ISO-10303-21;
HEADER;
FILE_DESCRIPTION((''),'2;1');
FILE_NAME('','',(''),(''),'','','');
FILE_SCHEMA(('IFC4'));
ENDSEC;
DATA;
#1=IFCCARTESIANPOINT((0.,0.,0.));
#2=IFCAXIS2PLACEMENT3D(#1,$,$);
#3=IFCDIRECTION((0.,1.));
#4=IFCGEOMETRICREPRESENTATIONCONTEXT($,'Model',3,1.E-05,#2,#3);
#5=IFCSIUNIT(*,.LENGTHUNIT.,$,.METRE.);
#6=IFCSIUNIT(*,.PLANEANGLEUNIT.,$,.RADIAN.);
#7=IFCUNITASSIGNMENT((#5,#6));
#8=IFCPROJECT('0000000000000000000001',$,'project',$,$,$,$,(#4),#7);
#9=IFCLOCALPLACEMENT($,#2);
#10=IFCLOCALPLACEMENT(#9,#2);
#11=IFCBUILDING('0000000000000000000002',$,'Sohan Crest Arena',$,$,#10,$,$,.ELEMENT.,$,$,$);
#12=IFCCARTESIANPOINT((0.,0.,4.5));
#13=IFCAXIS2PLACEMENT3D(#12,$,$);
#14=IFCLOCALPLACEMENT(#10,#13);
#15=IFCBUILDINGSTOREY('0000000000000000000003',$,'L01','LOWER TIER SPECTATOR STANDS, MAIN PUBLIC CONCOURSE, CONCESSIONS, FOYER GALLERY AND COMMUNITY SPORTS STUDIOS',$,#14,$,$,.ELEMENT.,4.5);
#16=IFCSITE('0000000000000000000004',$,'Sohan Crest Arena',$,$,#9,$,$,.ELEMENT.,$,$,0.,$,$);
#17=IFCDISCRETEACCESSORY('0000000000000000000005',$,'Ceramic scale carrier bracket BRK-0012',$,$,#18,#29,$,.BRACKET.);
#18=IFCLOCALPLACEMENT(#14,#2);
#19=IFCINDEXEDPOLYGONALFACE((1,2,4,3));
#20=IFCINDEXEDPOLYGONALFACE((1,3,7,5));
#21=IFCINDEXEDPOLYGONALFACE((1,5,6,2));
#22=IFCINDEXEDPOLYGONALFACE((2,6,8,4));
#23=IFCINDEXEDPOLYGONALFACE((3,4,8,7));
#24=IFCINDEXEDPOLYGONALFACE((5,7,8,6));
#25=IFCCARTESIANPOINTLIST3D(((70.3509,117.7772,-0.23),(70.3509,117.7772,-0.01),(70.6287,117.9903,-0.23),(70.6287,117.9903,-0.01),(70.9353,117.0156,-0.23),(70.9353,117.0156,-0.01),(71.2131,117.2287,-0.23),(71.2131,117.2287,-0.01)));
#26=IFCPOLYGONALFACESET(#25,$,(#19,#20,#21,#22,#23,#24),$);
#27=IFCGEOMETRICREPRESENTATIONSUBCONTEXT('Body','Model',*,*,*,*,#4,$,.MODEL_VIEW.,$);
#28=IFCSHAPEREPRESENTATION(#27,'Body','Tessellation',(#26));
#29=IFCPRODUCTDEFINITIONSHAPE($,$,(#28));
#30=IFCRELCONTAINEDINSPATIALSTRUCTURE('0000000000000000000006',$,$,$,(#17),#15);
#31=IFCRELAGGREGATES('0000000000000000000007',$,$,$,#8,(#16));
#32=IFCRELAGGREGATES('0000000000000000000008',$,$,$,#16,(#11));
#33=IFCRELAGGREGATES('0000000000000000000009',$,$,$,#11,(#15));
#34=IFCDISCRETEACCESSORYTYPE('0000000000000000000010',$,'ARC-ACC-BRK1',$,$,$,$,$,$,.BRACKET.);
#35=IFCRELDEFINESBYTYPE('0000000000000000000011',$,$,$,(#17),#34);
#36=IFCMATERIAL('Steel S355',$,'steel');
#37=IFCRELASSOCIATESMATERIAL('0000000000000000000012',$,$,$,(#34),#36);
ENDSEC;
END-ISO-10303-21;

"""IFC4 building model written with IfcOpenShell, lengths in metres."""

from ifc_helpers import new_model, si_unit, direction, frame, origin, origin_2d, place, context, subcontext, project, spatial, rectangle, extrude, material, type_object, element, save


model = new_model("IFC4")

# Units and contexts
model_context = context("Model", 3, precision=1e-05, world=origin(), true_north=direction((0.0, 1.0)))
body_context = subcontext(model_context, "Body", "Model", "MODEL_VIEW")
ifc_project = project(units=[si_unit("LENGTHUNIT", "METRE"), si_unit("PLANEANGLEUNIT", "RADIAN")], contexts=[model_context])

# Site, building, storey
site_placement = place(None, origin())
site = spatial("IfcSite", under=ifc_project, at=site_placement, Name="Sohan Crest Arena", CompositionType="ELEMENT", RefElevation=0.0)
building_placement = place(site_placement, origin())
building = spatial("IfcBuilding", under=site, at=building_placement, Name="Sohan Crest Arena", CompositionType="ELEMENT")
storey_placement = place(building_placement, frame((0.0, 0.0, 4.5)))
storey = spatial("IfcBuildingStorey", under=building, at=storey_placement, Name="L01", Description="LOWER TIER SPECTATOR STANDS, MAIN PUBLIC CONCOURSE, CONCESSIONS, FOYER GALLERY AND COMMUNITY SPORTS STUDIOS", CompositionType="ELEMENT", Elevation=4.5)

# Shared definitions
ifc_material_1 = material(Name="Steel S355", Category="steel")

# Discrete accessory
discrete_accessory_type = type_object("IfcDiscreteAccessoryType", Name="ARC-ACC-BRK1", PredefinedType="BRACKET", material=ifc_material_1)
for number, where, z_axis, x_axis, name in (
    (1, (70.782, 117.5029, -0.23), (0.0, 0.0, 1.0), (-0.793353, -0.608761, 0.0), "Ceramic scale carrier bracket BRK-0012"),
):
    element("IfcDiscreteAccessory", number, at=place(storey_placement, frame(where, z_axis=z_axis, x_axis=x_axis)), inside=storey, type_object=discrete_accessory_type, Name=name, PredefinedType="BRACKET", context=body_context, shape_type="SweptSolid", body=[
        extrude(rectangle(XDim=0.3501, YDim=0.96, at=origin_2d()), origin(), (0.0, 0.0, 1.0), 0.22),
    ])

save(model, "model.ifc")
